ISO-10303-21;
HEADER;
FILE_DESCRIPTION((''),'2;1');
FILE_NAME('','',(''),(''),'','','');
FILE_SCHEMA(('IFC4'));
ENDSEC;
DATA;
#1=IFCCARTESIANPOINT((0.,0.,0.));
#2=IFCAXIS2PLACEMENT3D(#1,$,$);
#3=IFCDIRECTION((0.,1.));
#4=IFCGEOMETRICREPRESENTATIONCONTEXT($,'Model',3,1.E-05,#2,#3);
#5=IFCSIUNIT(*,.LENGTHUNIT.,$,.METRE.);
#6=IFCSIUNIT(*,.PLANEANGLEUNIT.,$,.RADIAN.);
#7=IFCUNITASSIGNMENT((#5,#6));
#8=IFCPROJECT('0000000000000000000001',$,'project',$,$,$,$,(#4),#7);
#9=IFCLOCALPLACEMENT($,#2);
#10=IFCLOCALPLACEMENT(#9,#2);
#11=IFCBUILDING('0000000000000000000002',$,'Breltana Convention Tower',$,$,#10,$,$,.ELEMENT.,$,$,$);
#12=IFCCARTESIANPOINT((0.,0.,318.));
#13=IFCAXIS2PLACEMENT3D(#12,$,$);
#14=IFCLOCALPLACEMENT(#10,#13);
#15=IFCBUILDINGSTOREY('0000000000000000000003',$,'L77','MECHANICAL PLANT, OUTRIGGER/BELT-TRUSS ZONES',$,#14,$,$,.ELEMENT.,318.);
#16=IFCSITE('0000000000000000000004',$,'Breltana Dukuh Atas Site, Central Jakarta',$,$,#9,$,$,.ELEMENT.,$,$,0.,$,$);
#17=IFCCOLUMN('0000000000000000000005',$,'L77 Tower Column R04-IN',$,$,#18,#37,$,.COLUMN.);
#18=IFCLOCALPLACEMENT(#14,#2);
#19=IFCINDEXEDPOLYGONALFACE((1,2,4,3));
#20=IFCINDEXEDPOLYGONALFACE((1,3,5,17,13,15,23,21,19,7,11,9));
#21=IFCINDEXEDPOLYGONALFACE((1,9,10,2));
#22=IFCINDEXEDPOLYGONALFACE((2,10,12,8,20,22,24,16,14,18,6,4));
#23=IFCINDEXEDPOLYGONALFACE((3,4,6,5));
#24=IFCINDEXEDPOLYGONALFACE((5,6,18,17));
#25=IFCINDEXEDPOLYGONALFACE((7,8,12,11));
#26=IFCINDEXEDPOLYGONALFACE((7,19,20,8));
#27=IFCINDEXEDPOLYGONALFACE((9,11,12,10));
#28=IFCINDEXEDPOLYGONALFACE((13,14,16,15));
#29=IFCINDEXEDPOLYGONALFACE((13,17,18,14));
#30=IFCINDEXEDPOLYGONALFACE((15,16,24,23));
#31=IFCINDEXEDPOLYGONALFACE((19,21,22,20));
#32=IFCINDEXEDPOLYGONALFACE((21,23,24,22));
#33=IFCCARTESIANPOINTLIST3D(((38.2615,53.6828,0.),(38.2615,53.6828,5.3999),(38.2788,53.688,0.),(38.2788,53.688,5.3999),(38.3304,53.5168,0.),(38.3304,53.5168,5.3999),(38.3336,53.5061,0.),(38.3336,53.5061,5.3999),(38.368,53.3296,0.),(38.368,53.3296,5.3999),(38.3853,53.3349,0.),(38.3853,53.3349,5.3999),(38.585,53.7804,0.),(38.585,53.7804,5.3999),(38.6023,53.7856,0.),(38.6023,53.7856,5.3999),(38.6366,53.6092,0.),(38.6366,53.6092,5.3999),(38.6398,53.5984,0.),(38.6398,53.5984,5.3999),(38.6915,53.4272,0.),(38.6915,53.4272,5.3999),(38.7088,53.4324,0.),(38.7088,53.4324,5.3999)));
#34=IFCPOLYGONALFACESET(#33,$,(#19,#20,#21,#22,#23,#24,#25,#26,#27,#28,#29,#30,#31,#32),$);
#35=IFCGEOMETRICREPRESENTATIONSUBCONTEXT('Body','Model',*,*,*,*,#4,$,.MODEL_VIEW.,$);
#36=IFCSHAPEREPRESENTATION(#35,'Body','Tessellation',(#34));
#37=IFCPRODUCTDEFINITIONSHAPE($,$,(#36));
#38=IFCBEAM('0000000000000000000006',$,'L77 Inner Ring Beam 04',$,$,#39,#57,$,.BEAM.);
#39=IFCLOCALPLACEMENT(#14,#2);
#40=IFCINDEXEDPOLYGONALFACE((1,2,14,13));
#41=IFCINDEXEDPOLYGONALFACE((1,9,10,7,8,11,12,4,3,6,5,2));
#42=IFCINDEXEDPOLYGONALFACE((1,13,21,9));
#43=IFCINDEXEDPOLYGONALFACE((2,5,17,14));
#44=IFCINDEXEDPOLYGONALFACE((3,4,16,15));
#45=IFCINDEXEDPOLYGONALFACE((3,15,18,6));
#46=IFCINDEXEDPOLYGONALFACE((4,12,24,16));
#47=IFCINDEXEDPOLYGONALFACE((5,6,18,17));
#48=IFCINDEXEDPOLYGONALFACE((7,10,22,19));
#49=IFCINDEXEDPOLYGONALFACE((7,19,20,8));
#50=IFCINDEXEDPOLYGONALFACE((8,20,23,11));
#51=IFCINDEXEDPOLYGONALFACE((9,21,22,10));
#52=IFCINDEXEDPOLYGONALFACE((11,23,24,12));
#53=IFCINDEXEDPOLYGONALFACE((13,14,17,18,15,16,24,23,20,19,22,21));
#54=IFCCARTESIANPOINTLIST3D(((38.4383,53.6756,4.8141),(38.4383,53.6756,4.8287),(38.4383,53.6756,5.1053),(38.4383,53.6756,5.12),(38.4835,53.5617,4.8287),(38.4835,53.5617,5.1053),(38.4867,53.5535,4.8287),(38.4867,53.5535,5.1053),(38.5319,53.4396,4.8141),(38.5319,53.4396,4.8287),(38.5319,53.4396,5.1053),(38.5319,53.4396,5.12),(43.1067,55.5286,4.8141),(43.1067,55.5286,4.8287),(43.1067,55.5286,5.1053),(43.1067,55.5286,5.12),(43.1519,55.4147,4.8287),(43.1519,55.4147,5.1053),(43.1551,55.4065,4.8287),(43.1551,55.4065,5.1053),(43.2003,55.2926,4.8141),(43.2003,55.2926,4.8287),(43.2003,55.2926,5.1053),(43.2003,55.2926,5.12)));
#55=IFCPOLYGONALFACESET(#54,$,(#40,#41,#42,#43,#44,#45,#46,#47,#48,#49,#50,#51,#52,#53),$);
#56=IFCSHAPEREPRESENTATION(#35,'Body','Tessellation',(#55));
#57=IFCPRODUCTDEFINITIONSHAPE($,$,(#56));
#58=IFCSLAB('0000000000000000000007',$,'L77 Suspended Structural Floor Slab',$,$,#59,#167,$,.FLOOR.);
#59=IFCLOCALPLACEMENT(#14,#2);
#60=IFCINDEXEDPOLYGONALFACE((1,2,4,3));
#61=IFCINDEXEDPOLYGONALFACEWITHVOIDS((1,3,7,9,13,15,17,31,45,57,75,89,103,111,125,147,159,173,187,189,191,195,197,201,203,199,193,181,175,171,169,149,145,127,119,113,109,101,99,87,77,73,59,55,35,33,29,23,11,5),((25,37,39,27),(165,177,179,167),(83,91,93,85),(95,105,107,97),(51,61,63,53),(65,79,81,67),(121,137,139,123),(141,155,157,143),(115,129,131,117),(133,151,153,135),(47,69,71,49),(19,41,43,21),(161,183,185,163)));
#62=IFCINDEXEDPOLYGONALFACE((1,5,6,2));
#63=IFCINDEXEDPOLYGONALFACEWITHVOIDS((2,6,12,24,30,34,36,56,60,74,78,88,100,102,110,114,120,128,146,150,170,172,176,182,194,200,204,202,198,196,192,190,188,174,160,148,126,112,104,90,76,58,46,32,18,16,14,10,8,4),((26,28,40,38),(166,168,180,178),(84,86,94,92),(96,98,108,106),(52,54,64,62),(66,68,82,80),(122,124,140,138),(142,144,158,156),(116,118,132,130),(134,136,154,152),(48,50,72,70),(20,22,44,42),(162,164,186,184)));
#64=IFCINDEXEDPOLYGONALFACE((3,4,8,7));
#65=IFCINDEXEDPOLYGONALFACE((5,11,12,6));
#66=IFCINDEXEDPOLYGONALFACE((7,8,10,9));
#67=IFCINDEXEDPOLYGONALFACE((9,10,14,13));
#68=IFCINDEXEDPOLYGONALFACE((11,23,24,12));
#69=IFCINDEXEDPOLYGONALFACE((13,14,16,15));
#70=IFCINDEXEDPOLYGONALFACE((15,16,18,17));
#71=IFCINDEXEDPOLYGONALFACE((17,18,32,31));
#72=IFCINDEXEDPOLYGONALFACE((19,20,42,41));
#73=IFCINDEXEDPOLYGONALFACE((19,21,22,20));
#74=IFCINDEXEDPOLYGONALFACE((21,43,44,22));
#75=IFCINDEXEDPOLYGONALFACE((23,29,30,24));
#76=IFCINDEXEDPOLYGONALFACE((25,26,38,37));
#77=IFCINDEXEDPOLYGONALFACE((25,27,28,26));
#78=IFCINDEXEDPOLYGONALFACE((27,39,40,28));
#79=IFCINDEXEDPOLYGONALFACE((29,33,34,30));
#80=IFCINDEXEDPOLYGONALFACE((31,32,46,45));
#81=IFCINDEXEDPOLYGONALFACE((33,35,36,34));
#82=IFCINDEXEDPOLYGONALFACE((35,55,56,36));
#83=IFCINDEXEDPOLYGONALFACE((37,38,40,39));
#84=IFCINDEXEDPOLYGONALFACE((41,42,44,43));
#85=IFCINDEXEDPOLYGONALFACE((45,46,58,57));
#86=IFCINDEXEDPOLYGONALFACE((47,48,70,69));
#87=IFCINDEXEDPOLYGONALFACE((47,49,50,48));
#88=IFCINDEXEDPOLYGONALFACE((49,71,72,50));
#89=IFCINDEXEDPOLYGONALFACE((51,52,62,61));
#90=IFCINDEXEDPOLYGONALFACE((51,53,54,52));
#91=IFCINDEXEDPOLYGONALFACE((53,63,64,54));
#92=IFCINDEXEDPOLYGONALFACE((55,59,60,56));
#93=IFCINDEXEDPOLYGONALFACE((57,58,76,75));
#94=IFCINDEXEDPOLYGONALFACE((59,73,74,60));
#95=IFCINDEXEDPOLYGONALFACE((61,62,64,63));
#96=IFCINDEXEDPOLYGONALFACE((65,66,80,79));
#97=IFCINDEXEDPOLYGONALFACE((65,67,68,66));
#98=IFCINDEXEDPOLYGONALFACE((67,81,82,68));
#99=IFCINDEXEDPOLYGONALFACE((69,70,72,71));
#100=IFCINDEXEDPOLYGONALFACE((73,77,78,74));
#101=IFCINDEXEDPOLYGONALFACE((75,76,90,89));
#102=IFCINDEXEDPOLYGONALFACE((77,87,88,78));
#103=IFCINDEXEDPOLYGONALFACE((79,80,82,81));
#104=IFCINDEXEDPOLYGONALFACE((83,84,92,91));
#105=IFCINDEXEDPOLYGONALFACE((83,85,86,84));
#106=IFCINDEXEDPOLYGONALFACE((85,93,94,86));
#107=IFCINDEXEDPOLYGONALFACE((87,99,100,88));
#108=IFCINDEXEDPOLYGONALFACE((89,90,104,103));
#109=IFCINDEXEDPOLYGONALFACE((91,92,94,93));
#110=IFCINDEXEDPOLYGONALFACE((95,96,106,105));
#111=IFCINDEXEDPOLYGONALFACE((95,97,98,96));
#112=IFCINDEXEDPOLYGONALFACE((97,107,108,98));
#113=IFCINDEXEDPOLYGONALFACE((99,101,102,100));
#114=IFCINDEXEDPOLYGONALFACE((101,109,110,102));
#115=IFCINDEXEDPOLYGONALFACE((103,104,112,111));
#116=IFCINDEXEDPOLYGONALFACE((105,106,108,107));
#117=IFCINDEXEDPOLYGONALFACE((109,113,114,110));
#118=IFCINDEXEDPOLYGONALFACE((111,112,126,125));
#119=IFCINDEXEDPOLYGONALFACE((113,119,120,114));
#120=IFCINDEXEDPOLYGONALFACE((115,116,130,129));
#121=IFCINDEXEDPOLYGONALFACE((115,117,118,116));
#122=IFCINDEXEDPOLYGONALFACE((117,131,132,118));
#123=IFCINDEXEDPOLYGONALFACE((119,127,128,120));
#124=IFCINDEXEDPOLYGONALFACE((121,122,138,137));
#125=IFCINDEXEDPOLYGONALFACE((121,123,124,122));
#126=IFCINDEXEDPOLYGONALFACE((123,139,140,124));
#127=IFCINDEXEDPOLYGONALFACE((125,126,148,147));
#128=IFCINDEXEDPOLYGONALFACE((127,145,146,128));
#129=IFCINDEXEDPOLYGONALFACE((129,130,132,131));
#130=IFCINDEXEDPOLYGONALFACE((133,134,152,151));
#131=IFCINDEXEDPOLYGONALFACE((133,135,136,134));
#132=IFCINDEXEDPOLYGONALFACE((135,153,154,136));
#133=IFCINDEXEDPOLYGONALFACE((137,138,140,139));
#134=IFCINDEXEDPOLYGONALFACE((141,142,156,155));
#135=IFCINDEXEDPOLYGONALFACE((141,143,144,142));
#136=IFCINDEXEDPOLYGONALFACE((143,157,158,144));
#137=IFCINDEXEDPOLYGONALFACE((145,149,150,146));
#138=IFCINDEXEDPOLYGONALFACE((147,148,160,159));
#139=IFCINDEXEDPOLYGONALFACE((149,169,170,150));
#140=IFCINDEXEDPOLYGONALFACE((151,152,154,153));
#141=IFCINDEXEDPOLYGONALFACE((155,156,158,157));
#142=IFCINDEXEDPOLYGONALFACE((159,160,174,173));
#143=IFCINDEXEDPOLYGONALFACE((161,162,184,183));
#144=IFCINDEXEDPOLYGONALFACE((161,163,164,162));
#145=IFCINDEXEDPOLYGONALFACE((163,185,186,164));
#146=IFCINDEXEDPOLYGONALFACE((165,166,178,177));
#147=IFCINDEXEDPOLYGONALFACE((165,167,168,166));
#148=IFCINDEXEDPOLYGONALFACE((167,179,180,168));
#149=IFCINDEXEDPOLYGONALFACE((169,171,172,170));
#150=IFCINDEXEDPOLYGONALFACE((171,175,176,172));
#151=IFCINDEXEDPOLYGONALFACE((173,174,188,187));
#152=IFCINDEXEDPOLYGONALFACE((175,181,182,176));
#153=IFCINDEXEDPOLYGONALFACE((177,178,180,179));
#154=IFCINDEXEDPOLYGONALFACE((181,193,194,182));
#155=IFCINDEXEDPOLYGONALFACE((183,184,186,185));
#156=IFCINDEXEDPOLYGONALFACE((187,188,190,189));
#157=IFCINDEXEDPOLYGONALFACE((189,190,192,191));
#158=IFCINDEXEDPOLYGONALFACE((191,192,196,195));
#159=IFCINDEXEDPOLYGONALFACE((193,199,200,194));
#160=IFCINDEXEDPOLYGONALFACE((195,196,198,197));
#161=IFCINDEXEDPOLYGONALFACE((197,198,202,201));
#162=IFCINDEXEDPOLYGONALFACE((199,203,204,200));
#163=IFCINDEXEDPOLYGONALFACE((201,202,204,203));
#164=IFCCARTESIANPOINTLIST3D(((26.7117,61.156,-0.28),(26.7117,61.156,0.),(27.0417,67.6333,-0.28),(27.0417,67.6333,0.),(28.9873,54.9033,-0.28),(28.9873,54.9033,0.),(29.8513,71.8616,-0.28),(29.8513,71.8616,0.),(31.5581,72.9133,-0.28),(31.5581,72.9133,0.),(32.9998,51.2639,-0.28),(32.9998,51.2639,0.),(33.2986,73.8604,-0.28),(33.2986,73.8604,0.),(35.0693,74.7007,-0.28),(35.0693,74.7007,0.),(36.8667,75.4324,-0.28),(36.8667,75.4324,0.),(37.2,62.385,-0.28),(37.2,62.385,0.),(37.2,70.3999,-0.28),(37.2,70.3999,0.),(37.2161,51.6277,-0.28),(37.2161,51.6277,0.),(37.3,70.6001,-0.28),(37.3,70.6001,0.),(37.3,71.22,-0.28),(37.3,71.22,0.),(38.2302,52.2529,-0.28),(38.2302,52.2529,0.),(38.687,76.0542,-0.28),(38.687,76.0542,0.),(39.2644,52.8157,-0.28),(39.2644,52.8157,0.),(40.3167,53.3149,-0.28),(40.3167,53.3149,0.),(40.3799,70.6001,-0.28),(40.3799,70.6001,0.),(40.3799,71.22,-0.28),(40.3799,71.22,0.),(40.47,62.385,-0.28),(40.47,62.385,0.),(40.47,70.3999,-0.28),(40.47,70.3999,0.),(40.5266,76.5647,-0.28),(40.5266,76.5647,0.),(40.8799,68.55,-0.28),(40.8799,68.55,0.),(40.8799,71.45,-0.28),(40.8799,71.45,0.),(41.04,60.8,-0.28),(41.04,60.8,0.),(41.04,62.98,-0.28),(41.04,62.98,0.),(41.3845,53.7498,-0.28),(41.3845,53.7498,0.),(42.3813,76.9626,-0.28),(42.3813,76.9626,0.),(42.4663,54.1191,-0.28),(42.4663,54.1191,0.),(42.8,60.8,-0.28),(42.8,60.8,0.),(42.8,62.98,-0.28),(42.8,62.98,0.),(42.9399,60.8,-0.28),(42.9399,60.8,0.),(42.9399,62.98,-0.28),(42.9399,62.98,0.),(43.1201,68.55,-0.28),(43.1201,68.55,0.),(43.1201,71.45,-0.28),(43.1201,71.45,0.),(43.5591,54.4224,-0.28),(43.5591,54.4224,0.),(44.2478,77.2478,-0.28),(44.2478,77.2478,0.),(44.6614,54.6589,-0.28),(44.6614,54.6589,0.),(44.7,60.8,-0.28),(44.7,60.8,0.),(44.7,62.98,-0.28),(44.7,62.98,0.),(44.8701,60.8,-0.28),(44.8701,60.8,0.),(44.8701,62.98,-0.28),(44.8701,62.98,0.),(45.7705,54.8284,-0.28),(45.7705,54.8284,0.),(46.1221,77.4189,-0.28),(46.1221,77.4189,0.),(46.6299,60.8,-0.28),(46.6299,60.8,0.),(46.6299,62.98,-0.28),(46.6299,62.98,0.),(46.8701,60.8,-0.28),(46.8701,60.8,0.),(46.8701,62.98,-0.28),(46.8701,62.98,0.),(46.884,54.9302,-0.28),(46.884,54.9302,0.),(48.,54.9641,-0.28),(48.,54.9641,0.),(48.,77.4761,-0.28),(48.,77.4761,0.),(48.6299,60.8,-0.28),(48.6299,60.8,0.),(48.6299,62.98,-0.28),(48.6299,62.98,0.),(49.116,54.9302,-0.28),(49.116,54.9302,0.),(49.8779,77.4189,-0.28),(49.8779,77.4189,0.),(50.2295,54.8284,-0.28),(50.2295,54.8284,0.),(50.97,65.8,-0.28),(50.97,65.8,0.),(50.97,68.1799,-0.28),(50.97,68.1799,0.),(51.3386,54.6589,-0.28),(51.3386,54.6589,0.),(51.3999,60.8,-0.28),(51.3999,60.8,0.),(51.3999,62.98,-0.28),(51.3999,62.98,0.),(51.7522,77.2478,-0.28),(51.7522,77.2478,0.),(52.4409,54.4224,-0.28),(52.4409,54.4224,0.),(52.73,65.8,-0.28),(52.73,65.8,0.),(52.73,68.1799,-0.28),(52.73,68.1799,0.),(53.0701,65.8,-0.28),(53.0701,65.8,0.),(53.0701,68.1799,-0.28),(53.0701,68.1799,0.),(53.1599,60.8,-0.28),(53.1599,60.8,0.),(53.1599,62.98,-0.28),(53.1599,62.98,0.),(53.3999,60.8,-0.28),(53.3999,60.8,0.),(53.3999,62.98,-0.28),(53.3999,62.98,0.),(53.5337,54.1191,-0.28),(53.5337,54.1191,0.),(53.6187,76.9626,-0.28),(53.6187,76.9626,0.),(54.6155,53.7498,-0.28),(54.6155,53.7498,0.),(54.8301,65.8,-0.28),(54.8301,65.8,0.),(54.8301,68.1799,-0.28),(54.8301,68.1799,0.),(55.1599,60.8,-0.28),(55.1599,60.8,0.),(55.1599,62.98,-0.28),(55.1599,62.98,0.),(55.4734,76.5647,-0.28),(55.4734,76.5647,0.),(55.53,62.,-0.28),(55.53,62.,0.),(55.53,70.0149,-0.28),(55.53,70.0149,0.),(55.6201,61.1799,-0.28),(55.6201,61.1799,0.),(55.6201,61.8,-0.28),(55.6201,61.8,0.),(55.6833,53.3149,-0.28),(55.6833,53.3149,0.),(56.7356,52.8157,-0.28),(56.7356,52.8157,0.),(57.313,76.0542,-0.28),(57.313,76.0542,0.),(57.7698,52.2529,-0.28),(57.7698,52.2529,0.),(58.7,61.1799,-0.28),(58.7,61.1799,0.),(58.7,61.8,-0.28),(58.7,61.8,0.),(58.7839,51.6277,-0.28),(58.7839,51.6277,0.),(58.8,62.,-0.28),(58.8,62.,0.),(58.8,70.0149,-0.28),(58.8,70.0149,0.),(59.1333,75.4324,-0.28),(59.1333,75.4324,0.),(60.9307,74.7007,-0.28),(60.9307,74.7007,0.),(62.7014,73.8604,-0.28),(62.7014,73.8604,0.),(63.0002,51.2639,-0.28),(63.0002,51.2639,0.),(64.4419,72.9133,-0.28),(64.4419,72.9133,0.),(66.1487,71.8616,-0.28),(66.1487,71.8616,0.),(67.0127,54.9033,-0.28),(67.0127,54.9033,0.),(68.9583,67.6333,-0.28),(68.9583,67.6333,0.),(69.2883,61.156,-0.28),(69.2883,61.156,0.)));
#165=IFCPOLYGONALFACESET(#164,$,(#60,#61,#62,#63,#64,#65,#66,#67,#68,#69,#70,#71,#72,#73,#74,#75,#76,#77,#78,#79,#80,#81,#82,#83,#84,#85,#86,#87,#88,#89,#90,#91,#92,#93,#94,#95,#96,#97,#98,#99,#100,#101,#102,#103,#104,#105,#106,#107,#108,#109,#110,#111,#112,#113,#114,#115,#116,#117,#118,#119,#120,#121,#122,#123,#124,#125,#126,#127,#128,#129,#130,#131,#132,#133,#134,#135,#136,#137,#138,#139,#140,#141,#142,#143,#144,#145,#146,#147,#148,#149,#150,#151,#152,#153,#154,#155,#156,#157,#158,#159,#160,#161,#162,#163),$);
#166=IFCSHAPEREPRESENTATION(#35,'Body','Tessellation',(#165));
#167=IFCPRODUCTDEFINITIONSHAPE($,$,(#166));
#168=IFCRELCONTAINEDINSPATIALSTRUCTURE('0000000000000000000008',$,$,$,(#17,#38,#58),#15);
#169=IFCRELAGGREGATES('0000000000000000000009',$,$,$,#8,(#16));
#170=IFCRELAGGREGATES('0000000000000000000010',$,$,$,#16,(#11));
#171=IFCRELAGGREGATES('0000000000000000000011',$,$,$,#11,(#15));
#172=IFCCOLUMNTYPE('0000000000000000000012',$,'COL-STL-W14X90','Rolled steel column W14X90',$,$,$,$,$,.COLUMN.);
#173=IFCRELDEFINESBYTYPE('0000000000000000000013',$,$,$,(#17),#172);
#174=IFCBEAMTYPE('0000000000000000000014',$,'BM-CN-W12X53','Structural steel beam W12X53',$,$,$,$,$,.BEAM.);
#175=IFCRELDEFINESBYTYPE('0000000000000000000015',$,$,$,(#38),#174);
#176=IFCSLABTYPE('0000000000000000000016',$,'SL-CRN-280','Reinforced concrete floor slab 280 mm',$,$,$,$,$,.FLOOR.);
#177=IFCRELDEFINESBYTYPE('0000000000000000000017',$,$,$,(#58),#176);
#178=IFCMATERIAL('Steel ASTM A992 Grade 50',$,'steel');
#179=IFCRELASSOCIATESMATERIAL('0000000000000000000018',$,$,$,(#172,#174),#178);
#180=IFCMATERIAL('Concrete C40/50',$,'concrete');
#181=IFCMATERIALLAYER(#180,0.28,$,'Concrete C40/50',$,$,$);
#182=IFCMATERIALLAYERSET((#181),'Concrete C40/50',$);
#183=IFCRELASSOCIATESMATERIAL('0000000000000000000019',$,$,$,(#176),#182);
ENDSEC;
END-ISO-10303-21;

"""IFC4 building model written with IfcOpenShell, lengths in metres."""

from ifc_helpers import new_model, si_unit, direction, frame, origin, origin_2d, place, context, subcontext, project, spatial, polyline, i_section, outline, extrude, source, transform, mapped, material, layer, layer_set, material_profile, profile_set, type_object, element, save


model = new_model("IFC4")

# Units and contexts
model_context = context("Model", 3, precision=1e-05, world=origin(), true_north=direction((0.0, 1.0)))
body_context = subcontext(model_context, "Body", "Model", "MODEL_VIEW")
ifc_project = project(units=[si_unit("LENGTHUNIT", "METRE"), si_unit("PLANEANGLEUNIT", "RADIAN")], contexts=[model_context])

# Site, building, storey
site_placement = place(None, origin())
site = spatial("IfcSite", under=ifc_project, at=site_placement, Name="Breltana Dukuh Atas Site, Central Jakarta", CompositionType="ELEMENT", RefElevation=0.0)
building_placement = place(site_placement, origin())
building = spatial("IfcBuilding", under=site, at=building_placement, Name="Breltana Convention Tower", CompositionType="ELEMENT")
storey_placement = place(building_placement, frame((0.0, 0.0, 318.0)))
storey = spatial("IfcBuildingStorey", under=building, at=storey_placement, Name="L77", Description="MECHANICAL PLANT, OUTRIGGER/BELT-TRUSS ZONES", CompositionType="ELEMENT", Elevation=318.0)

# Column
ifc_material_1 = material(Name="Steel ASTM A992 Grade 50", Category="steel")
ifc_material_profile_1 = material_profile(ifc_material_1, i_section(OverallWidth=0.3689, OverallDepth=0.356, WebThickness=0.0112, FlangeThickness=0.0181, at=origin_2d()), Name="W14X90")
ifc_profile_set_1 = profile_set([ifc_material_profile_1], Name="Steel ASTM A992 Grade 50")
column_type = type_object("IfcColumnType", Name="COL-STL-W14X90", Description="Rolled steel column W14X90", PredefinedType="COLUMN", material=ifc_profile_set_1)
shared_shape_1 = source(origin(), body_context, "Body", "SweptSolid", [
    extrude(i_section(OverallWidth=0.3689, OverallDepth=0.356, WebThickness=0.0112, FlangeThickness=0.0181, at=origin_2d()), origin(), (0.0, 0.0, 1.0), 5.3999),
])
column_placement = place(storey_placement, frame((38.4851, 53.5576, 0.0), z_axis=(0.0, 0.0, 1.0), x_axis=(-0.288698, 0.95742, 0.0)))
element("IfcColumn", 1, at=column_placement, inside=storey, type_object=column_type, Name="L77 Tower Column R04-IN", PredefinedType="COLUMN", context=body_context, shape_type="MappedRepresentation", body=[
    mapped(shared_shape_1, transform((0.0, 0.0, 0.0), scale=1.0)),
])

# Beam
ifc_material_profile_2 = material_profile(ifc_material_1, i_section(OverallWidth=0.2539, OverallDepth=0.3059, WebThickness=0.0088, FlangeThickness=0.0146, at=origin_2d()), Name="W12X53")
ifc_profile_set_2 = profile_set([ifc_material_profile_2], Name="Steel ASTM A992 Grade 50")
beam_type = type_object("IfcBeamType", Name="BM-CN-W12X53", Description="Structural steel beam W12X53", PredefinedType="BEAM", material=ifc_profile_set_2)
shared_shape_2 = source(origin(), body_context, "Body", "SweptSolid", [
    extrude(i_section(OverallWidth=0.2539, OverallDepth=0.3059, WebThickness=0.0088, FlangeThickness=0.0146, at=origin_2d()), origin(), (0.0, 0.0, 1.0), 5.0227),
])
beam_placement = place(storey_placement, frame((38.4851, 53.5576, 4.967), z_axis=(0.929459, 0.368926, 0.0), x_axis=(-0.368926, 0.929459, 0.0)))
element("IfcBeam", 2, at=beam_placement, inside=storey, type_object=beam_type, Name="L77 Inner Ring Beam 04", PredefinedType="BEAM", context=body_context, shape_type="MappedRepresentation", body=[
    mapped(shared_shape_2, transform((0.0, 0.0, 0.0), scale=1.0)),
])

# Slab
ifc_material_2 = material(Name="Concrete C40/50", Category="concrete")
ifc_layer_1 = layer(ifc_material_2, 0.28, Name="Concrete C40/50")
ifc_layer_set_1 = layer_set([ifc_layer_1], Name="Concrete C40/50")
slab_type_1 = type_object("IfcSlabType", Name="SL-CRN-280", Description="Reinforced concrete floor slab 280 mm", PredefinedType="FLOOR", material=ifc_layer_set_1)
slab_1_placement = place(storey_placement, frame((0.0, 0.0, -0.28)))
element("IfcSlab", 3, at=slab_1_placement, inside=storey, type_object=slab_type_1, Name="L77 Suspended Structural Floor Slab", PredefinedType="FLOOR", context=body_context, shape_type="SweptSolid", body=[
    extrude(outline(polyline([(66.1487, 71.8616), (64.4419, 72.9133), (62.7014, 73.8604), (60.9307, 74.7007), (59.1333, 75.4324), (57.313, 76.0542), (55.4734, 76.5647), (53.6187, 76.9626), (51.7522, 77.2478), (49.8779, 77.4189), (48.0, 77.4761), (46.1221, 77.4189), (44.2478, 77.2478), (42.3813, 76.9626), (40.5266, 76.5647), (38.687, 76.0542), (36.8667, 75.4324), (35.0693, 74.7007), (33.2986, 73.8604), (31.5581, 72.9133), (29.8513, 71.8616), (27.0417, 67.6333), (26.7117, 61.156), (28.9873, 54.9033), (32.9998, 51.2639), (37.2161, 51.6277), (38.2302, 52.2529), (39.2644, 52.8157), (40.3167, 53.3149), (41.3845, 53.7498), (42.4663, 54.1191), (43.5591, 54.4224), (44.6614, 54.6589), (45.7705, 54.8284), (46.884, 54.9302), (48.0, 54.9641), (49.116, 54.9302), (50.2295, 54.8284), (51.3386, 54.6589), (52.4409, 54.4224), (53.5337, 54.1191), (54.6155, 53.7498), (55.6833, 53.3149), (56.7356, 52.8157), (57.7698, 52.2529), (58.7839, 51.6277), (63.0002, 51.2639), (67.0127, 54.9033), (69.2883, 61.156), (68.9583, 67.6333), (66.1487, 71.8616)]), holes=[polyline([(37.2, 62.385), (40.47, 62.385), (40.47, 70.3999), (37.2, 70.3999), (37.2, 62.385)]), polyline([(55.53, 62.0), (58.8, 62.0), (58.8, 70.0149), (55.53, 70.0149), (55.53, 62.0)]), polyline([(41.04, 60.8), (42.8, 60.8), (42.8, 62.98), (41.04, 62.98), (41.04, 60.8)]), polyline([(42.9399, 60.8), (44.7, 60.8), (44.7, 62.98), (42.9399, 62.98), (42.9399, 60.8)]), polyline([(44.8701, 60.8), (46.6299, 60.8), (46.6299, 62.98), (44.8701, 62.98), (44.8701, 60.8)]), polyline([(46.8701, 60.8), (48.6299, 60.8), (48.6299, 62.98), (46.8701, 62.98), (46.8701, 60.8)]), polyline([(51.3999, 60.8), (53.1599, 60.8), (53.1599, 62.98), (51.3999, 62.98), (51.3999, 60.8)]), polyline([(53.3999, 60.8), (55.1599, 60.8), (55.1599, 62.98), (53.3999, 62.98), (53.3999, 60.8)]), polyline([(50.97, 65.8), (52.73, 65.8), (52.73, 68.1799), (50.97, 68.1799), (50.97, 65.8)]), polyline([(53.0701, 65.8), (54.8301, 65.8), (54.8301, 68.1799), (53.0701, 68.1799), (53.0701, 65.8)]), polyline([(40.8799, 68.55), (43.1201, 68.55), (43.1201, 71.45), (40.8799, 71.45), (40.8799, 68.55)]), polyline([(37.3, 70.6001), (40.3799, 70.6001), (40.3799, 71.22), (37.3, 71.22), (37.3, 70.6001)]), polyline([(55.6201, 61.1799), (58.7, 61.1799), (58.7, 61.8), (55.6201, 61.8), (55.6201, 61.1799)])]), origin(), (0.0, 0.0, 1.0), 0.28),
])

save(model, "model.ifc")
